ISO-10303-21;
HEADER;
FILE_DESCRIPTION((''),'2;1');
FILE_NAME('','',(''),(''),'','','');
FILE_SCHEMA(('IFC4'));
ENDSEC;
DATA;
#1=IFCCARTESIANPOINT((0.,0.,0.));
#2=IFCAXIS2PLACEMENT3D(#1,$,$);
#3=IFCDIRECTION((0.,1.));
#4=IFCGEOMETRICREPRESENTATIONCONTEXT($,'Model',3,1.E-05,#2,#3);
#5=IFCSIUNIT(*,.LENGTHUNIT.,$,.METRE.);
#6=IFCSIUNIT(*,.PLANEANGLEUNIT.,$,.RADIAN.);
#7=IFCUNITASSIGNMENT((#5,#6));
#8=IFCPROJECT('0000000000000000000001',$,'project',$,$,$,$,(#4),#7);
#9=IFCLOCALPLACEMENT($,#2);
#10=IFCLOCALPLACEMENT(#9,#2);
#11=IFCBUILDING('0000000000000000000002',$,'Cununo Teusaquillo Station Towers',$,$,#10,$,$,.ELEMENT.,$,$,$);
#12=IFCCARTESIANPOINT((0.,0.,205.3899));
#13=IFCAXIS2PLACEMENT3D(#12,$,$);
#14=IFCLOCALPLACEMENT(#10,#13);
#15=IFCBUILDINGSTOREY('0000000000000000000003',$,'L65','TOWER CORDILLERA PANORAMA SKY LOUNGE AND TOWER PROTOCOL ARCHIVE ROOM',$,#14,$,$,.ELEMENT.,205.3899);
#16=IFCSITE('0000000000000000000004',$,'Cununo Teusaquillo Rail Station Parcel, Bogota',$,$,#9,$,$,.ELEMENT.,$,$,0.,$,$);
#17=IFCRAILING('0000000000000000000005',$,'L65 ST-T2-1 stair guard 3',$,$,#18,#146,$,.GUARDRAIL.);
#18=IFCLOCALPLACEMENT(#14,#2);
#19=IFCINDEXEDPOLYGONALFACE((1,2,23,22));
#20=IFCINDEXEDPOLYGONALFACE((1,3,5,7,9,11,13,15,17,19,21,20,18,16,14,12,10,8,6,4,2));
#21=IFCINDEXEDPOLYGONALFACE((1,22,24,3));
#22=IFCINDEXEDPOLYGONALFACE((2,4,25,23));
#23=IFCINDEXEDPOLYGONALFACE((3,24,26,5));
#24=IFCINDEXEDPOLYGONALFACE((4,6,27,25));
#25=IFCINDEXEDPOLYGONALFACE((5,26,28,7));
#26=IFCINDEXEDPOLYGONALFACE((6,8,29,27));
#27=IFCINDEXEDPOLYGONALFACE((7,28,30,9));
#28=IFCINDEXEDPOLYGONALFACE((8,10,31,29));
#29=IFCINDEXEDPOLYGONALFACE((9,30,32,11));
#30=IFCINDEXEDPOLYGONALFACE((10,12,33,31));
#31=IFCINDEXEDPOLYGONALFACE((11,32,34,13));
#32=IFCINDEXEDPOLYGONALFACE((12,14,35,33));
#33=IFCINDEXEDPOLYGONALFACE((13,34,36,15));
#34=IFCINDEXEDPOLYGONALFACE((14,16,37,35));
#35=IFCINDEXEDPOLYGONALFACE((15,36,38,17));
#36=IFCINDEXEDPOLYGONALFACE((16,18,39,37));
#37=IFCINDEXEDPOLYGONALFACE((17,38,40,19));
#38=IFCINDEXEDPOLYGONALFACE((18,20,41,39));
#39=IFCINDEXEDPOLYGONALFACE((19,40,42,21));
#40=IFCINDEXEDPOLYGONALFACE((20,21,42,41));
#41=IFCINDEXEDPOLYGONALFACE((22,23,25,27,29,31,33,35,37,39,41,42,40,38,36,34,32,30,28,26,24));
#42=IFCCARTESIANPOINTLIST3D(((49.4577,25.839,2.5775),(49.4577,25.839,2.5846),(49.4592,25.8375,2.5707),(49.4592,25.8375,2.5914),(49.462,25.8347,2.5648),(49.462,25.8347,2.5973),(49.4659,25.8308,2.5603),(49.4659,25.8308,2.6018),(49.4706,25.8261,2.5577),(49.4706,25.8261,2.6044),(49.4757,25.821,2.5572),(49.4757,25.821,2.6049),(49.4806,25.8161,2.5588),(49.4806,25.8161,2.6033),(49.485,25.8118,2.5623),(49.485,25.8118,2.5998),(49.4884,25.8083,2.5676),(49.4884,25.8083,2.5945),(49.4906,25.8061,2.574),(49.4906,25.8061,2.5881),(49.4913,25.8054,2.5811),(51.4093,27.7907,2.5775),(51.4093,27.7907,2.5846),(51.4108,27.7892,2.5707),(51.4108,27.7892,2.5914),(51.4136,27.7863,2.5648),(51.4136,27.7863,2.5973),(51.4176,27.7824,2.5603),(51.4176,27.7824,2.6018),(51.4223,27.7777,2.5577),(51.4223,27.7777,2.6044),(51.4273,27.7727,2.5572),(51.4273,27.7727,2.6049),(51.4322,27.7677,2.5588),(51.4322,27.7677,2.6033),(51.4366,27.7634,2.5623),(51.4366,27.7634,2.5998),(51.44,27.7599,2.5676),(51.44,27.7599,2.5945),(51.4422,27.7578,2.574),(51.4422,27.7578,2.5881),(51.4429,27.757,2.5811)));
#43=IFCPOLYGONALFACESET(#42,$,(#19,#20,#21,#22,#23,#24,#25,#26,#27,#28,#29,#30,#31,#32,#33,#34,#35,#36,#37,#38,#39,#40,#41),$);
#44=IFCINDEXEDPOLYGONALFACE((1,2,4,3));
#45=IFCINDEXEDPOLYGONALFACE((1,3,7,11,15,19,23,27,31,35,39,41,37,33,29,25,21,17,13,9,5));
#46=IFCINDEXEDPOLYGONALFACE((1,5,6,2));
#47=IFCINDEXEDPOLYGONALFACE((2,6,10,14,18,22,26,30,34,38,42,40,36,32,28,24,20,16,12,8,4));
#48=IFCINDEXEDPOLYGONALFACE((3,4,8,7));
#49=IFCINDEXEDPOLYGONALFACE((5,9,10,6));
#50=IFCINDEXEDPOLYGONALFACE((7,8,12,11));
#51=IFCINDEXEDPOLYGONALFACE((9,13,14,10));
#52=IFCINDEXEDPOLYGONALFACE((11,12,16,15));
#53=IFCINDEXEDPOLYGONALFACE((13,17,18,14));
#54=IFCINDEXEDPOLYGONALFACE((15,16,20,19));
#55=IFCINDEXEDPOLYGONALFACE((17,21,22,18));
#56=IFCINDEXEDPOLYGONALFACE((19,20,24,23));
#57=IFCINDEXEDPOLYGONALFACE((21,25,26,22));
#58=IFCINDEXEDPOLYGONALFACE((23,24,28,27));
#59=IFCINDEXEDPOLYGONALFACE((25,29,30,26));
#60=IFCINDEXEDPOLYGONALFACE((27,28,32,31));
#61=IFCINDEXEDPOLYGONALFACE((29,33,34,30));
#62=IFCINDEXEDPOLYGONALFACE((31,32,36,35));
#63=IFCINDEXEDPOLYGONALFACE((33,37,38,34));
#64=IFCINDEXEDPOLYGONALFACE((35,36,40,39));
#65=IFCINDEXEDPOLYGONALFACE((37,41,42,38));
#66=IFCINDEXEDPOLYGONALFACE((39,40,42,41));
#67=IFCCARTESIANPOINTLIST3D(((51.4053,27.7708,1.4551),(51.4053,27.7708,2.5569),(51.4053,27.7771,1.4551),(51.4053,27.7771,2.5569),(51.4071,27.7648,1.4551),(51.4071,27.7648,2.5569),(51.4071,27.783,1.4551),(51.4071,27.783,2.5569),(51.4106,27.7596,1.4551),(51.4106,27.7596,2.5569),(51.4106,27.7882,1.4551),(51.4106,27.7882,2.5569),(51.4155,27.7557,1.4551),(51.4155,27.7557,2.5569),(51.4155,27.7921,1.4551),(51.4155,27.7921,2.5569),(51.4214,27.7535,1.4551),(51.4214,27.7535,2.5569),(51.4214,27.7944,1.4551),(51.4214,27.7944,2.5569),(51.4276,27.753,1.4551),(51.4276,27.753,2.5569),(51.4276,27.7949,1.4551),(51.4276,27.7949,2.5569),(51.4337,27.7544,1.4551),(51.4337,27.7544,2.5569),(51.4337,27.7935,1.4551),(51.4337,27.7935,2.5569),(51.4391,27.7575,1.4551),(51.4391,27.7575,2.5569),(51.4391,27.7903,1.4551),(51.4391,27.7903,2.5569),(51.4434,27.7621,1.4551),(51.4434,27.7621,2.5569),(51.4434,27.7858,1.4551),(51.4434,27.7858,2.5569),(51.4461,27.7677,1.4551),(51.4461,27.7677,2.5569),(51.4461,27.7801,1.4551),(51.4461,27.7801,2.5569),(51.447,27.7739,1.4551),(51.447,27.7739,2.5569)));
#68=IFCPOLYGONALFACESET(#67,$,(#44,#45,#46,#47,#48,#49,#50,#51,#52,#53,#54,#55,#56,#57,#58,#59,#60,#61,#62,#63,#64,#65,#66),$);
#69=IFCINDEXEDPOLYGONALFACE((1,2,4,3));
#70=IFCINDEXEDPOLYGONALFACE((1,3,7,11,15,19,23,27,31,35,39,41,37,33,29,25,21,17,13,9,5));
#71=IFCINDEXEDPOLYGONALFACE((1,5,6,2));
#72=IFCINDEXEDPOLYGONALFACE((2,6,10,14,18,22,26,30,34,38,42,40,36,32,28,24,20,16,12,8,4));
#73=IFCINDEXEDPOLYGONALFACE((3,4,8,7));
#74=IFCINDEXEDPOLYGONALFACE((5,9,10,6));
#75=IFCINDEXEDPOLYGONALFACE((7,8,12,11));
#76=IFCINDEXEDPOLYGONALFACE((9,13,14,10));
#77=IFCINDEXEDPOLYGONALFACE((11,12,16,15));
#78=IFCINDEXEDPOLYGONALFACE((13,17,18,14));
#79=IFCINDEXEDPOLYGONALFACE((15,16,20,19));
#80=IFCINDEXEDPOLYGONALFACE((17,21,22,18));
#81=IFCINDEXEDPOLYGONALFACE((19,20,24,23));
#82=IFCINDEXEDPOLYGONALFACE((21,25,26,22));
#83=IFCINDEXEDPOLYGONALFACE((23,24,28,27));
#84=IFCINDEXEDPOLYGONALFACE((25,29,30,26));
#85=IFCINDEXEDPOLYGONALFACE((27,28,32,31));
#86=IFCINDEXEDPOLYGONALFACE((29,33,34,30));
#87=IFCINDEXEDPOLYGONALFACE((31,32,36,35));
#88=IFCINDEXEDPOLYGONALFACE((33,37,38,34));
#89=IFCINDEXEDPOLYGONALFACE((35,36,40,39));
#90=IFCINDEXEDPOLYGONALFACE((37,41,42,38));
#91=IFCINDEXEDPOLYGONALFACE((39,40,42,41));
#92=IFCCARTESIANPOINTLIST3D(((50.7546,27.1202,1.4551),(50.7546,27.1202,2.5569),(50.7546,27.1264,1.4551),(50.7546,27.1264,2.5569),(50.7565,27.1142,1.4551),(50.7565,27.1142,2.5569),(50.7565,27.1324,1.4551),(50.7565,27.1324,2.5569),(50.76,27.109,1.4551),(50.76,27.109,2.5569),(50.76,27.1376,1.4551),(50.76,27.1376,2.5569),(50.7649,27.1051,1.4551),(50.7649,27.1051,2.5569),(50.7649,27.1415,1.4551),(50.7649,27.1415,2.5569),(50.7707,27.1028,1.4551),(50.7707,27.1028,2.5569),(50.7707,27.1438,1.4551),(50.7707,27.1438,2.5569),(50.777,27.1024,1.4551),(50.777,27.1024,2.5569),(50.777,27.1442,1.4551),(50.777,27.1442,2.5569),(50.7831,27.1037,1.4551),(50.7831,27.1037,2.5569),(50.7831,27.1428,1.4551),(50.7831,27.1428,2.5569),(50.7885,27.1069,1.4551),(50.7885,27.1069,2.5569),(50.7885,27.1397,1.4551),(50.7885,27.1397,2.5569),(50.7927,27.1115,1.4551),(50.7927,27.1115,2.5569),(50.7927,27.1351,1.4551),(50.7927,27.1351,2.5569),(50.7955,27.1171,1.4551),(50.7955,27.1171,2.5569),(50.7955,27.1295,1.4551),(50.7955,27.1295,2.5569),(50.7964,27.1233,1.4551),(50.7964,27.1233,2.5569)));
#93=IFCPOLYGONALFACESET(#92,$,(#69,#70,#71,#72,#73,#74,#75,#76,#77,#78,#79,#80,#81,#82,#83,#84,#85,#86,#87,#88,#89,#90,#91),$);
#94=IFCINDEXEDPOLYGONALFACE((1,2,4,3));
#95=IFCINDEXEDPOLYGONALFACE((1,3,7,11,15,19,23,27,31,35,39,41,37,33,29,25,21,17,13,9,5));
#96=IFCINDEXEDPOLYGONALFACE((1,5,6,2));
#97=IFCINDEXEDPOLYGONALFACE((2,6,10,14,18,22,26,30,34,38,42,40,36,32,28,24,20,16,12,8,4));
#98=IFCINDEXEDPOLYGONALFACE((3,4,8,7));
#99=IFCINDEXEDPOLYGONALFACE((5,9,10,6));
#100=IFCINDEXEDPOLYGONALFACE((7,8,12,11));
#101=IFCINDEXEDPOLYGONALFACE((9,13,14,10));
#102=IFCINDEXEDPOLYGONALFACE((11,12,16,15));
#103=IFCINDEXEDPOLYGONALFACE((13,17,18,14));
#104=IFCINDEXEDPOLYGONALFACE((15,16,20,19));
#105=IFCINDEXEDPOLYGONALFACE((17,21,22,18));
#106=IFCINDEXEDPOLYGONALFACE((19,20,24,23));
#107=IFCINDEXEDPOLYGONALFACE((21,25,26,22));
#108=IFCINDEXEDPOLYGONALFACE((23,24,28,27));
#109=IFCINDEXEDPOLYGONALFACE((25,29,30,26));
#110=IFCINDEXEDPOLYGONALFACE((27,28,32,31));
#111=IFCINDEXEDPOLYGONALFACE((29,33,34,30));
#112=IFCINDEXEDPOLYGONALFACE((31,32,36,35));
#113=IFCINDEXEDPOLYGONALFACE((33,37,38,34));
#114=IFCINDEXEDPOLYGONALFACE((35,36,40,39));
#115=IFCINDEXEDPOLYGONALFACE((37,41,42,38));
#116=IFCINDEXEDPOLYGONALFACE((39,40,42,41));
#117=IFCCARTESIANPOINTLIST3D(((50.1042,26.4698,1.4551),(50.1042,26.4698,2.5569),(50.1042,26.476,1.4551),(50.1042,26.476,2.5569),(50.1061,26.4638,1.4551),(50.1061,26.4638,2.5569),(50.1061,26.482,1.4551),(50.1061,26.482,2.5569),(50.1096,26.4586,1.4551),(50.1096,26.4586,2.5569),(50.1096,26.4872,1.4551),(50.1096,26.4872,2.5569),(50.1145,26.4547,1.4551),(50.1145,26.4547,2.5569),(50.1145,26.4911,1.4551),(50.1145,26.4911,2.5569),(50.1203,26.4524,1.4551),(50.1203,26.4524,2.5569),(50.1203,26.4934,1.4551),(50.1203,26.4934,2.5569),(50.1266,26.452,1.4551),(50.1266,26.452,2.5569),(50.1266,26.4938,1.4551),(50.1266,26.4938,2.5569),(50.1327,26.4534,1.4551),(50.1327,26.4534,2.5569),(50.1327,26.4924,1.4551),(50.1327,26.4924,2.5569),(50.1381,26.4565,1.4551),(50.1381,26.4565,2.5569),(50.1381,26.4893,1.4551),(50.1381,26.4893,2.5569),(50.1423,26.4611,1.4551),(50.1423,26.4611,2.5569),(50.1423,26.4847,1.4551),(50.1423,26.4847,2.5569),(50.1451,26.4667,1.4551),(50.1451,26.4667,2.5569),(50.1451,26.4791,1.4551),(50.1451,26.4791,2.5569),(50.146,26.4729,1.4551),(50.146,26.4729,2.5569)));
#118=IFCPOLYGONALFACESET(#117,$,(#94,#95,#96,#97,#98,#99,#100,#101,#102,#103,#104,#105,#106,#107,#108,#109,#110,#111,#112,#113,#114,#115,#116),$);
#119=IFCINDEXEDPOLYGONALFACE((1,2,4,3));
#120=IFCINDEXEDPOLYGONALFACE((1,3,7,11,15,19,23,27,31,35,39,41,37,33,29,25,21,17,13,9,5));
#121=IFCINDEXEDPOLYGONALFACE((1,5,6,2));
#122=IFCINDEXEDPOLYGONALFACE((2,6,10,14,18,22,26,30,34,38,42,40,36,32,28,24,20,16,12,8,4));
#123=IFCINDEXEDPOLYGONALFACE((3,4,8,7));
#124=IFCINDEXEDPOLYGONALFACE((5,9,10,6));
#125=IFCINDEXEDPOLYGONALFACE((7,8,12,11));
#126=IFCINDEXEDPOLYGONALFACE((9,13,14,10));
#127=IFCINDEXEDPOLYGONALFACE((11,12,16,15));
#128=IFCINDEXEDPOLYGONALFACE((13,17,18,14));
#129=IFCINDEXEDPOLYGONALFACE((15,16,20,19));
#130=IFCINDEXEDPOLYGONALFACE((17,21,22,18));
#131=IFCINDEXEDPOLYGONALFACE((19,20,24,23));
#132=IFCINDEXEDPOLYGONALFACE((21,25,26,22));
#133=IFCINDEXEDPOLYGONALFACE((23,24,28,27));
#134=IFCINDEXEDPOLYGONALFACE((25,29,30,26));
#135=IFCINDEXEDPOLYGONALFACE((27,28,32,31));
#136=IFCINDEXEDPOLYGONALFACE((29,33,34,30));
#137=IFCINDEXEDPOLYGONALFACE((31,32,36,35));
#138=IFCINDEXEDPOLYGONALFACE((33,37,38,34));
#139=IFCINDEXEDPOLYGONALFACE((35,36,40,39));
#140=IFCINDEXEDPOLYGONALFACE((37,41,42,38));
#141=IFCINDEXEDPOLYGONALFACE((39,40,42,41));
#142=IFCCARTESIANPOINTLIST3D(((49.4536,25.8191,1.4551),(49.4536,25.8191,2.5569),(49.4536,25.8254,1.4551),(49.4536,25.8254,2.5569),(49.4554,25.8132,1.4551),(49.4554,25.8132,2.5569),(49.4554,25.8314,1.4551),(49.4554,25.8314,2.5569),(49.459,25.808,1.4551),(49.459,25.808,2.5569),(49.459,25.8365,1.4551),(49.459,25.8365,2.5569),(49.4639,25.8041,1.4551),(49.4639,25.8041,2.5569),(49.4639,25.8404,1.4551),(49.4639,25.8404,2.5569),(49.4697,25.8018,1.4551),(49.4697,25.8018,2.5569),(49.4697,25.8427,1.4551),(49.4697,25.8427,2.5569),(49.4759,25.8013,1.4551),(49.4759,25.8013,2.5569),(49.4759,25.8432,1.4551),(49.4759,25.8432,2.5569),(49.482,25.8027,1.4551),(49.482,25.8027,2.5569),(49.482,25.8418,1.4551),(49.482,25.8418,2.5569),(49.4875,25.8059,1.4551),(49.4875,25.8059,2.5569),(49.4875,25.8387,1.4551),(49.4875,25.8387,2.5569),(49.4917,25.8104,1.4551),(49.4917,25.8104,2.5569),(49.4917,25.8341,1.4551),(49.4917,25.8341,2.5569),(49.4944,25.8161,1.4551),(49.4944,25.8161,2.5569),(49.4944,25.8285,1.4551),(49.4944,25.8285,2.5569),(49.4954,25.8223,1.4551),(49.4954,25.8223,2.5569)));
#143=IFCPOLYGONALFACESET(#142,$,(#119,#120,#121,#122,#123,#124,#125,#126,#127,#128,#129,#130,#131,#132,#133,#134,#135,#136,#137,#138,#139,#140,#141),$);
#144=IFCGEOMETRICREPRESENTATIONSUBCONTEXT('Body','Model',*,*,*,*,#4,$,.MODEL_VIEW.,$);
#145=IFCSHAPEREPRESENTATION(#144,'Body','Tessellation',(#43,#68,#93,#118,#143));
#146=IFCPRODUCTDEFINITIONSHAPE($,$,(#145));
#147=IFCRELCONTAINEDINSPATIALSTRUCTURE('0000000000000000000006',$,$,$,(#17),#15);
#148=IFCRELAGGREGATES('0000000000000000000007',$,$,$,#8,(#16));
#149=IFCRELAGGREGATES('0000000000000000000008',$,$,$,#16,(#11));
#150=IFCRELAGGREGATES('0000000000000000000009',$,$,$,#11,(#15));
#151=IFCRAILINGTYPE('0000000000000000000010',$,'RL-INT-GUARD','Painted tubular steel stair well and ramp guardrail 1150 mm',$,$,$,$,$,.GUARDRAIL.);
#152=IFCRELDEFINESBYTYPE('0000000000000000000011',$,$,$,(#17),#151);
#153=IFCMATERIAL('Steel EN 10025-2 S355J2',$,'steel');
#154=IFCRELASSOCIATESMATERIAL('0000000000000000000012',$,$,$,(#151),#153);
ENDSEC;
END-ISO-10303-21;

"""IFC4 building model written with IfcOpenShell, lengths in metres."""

from ifc_helpers import new_model, si_unit, direction, frame, origin, origin_2d, place, context, subcontext, project, spatial, circle, extrude, material, type_object, element, save


model = new_model("IFC4")

# Units and contexts
model_context = context("Model", 3, precision=1e-05, world=origin(), true_north=direction((0.0, 1.0)))
body_context = subcontext(model_context, "Body", "Model", "MODEL_VIEW")
ifc_project = project(units=[si_unit("LENGTHUNIT", "METRE"), si_unit("PLANEANGLEUNIT", "RADIAN")], contexts=[model_context])

# Site, building, storey
site_placement = place(None, origin())
site = spatial("IfcSite", under=ifc_project, at=site_placement, Name="Cununo Teusaquillo Rail Station Parcel, Bogota", CompositionType="ELEMENT", RefElevation=0.0)
building_placement = place(site_placement, origin())
building = spatial("IfcBuilding", under=site, at=building_placement, Name="Cununo Teusaquillo Station Towers", CompositionType="ELEMENT")
storey_placement = place(building_placement, frame((0.0, 0.0, 205.3899)))
storey = spatial("IfcBuildingStorey", under=building, at=storey_placement, Name="L65", Description="TOWER CORDILLERA PANORAMA SKY LOUNGE AND TOWER PROTOCOL ARCHIVE ROOM", CompositionType="ELEMENT", Elevation=205.3899)

# Railing
ifc_material_1 = material(Name="Steel EN 10025-2 S355J2", Category="steel")
railing_type = type_object("IfcRailingType", Name="RL-INT-GUARD", Description="Painted tubular steel stair well and ramp guardrail 1150 mm", PredefinedType="GUARDRAIL", material=ifc_material_1)
railing_1_placement = place(storey_placement, frame((51.426, 27.7739, 1.4551)))
element("IfcRailing", 1, at=railing_1_placement, inside=storey, type_object=railing_type, Name="L65 ST-T2-1 stair guard 3", PredefinedType="GUARDRAIL", context=body_context, shape_type="SweptSolid", body=[
    extrude(circle(Radius=0.0239, at=origin_2d()), frame((0.0, 0.0, 1.126), z_axis=(-0.707107, -0.707107, 0.0), x_axis=(0.707107, -0.707107, 0.0)), (0.0, 0.0, 1.0), 2.76),
    extrude(circle(Radius=0.021, at=origin_2d()), origin(), (0.0, 0.0, 1.0), 1.1018),
    extrude(circle(Radius=0.021, at=origin_2d()), frame((-0.6506, -0.6506, 0.0)), (0.0, 0.0, 1.0), 1.1018),
    extrude(circle(Radius=0.021, at=origin_2d()), frame((-1.301, -1.301, 0.0)), (0.0, 0.0, 1.0), 1.1018),
    extrude(circle(Radius=0.021, at=origin_2d()), frame((-1.9517, -1.9517, 0.0)), (0.0, 0.0, 1.0), 1.1018),
])

save(model, "model.ifc")
